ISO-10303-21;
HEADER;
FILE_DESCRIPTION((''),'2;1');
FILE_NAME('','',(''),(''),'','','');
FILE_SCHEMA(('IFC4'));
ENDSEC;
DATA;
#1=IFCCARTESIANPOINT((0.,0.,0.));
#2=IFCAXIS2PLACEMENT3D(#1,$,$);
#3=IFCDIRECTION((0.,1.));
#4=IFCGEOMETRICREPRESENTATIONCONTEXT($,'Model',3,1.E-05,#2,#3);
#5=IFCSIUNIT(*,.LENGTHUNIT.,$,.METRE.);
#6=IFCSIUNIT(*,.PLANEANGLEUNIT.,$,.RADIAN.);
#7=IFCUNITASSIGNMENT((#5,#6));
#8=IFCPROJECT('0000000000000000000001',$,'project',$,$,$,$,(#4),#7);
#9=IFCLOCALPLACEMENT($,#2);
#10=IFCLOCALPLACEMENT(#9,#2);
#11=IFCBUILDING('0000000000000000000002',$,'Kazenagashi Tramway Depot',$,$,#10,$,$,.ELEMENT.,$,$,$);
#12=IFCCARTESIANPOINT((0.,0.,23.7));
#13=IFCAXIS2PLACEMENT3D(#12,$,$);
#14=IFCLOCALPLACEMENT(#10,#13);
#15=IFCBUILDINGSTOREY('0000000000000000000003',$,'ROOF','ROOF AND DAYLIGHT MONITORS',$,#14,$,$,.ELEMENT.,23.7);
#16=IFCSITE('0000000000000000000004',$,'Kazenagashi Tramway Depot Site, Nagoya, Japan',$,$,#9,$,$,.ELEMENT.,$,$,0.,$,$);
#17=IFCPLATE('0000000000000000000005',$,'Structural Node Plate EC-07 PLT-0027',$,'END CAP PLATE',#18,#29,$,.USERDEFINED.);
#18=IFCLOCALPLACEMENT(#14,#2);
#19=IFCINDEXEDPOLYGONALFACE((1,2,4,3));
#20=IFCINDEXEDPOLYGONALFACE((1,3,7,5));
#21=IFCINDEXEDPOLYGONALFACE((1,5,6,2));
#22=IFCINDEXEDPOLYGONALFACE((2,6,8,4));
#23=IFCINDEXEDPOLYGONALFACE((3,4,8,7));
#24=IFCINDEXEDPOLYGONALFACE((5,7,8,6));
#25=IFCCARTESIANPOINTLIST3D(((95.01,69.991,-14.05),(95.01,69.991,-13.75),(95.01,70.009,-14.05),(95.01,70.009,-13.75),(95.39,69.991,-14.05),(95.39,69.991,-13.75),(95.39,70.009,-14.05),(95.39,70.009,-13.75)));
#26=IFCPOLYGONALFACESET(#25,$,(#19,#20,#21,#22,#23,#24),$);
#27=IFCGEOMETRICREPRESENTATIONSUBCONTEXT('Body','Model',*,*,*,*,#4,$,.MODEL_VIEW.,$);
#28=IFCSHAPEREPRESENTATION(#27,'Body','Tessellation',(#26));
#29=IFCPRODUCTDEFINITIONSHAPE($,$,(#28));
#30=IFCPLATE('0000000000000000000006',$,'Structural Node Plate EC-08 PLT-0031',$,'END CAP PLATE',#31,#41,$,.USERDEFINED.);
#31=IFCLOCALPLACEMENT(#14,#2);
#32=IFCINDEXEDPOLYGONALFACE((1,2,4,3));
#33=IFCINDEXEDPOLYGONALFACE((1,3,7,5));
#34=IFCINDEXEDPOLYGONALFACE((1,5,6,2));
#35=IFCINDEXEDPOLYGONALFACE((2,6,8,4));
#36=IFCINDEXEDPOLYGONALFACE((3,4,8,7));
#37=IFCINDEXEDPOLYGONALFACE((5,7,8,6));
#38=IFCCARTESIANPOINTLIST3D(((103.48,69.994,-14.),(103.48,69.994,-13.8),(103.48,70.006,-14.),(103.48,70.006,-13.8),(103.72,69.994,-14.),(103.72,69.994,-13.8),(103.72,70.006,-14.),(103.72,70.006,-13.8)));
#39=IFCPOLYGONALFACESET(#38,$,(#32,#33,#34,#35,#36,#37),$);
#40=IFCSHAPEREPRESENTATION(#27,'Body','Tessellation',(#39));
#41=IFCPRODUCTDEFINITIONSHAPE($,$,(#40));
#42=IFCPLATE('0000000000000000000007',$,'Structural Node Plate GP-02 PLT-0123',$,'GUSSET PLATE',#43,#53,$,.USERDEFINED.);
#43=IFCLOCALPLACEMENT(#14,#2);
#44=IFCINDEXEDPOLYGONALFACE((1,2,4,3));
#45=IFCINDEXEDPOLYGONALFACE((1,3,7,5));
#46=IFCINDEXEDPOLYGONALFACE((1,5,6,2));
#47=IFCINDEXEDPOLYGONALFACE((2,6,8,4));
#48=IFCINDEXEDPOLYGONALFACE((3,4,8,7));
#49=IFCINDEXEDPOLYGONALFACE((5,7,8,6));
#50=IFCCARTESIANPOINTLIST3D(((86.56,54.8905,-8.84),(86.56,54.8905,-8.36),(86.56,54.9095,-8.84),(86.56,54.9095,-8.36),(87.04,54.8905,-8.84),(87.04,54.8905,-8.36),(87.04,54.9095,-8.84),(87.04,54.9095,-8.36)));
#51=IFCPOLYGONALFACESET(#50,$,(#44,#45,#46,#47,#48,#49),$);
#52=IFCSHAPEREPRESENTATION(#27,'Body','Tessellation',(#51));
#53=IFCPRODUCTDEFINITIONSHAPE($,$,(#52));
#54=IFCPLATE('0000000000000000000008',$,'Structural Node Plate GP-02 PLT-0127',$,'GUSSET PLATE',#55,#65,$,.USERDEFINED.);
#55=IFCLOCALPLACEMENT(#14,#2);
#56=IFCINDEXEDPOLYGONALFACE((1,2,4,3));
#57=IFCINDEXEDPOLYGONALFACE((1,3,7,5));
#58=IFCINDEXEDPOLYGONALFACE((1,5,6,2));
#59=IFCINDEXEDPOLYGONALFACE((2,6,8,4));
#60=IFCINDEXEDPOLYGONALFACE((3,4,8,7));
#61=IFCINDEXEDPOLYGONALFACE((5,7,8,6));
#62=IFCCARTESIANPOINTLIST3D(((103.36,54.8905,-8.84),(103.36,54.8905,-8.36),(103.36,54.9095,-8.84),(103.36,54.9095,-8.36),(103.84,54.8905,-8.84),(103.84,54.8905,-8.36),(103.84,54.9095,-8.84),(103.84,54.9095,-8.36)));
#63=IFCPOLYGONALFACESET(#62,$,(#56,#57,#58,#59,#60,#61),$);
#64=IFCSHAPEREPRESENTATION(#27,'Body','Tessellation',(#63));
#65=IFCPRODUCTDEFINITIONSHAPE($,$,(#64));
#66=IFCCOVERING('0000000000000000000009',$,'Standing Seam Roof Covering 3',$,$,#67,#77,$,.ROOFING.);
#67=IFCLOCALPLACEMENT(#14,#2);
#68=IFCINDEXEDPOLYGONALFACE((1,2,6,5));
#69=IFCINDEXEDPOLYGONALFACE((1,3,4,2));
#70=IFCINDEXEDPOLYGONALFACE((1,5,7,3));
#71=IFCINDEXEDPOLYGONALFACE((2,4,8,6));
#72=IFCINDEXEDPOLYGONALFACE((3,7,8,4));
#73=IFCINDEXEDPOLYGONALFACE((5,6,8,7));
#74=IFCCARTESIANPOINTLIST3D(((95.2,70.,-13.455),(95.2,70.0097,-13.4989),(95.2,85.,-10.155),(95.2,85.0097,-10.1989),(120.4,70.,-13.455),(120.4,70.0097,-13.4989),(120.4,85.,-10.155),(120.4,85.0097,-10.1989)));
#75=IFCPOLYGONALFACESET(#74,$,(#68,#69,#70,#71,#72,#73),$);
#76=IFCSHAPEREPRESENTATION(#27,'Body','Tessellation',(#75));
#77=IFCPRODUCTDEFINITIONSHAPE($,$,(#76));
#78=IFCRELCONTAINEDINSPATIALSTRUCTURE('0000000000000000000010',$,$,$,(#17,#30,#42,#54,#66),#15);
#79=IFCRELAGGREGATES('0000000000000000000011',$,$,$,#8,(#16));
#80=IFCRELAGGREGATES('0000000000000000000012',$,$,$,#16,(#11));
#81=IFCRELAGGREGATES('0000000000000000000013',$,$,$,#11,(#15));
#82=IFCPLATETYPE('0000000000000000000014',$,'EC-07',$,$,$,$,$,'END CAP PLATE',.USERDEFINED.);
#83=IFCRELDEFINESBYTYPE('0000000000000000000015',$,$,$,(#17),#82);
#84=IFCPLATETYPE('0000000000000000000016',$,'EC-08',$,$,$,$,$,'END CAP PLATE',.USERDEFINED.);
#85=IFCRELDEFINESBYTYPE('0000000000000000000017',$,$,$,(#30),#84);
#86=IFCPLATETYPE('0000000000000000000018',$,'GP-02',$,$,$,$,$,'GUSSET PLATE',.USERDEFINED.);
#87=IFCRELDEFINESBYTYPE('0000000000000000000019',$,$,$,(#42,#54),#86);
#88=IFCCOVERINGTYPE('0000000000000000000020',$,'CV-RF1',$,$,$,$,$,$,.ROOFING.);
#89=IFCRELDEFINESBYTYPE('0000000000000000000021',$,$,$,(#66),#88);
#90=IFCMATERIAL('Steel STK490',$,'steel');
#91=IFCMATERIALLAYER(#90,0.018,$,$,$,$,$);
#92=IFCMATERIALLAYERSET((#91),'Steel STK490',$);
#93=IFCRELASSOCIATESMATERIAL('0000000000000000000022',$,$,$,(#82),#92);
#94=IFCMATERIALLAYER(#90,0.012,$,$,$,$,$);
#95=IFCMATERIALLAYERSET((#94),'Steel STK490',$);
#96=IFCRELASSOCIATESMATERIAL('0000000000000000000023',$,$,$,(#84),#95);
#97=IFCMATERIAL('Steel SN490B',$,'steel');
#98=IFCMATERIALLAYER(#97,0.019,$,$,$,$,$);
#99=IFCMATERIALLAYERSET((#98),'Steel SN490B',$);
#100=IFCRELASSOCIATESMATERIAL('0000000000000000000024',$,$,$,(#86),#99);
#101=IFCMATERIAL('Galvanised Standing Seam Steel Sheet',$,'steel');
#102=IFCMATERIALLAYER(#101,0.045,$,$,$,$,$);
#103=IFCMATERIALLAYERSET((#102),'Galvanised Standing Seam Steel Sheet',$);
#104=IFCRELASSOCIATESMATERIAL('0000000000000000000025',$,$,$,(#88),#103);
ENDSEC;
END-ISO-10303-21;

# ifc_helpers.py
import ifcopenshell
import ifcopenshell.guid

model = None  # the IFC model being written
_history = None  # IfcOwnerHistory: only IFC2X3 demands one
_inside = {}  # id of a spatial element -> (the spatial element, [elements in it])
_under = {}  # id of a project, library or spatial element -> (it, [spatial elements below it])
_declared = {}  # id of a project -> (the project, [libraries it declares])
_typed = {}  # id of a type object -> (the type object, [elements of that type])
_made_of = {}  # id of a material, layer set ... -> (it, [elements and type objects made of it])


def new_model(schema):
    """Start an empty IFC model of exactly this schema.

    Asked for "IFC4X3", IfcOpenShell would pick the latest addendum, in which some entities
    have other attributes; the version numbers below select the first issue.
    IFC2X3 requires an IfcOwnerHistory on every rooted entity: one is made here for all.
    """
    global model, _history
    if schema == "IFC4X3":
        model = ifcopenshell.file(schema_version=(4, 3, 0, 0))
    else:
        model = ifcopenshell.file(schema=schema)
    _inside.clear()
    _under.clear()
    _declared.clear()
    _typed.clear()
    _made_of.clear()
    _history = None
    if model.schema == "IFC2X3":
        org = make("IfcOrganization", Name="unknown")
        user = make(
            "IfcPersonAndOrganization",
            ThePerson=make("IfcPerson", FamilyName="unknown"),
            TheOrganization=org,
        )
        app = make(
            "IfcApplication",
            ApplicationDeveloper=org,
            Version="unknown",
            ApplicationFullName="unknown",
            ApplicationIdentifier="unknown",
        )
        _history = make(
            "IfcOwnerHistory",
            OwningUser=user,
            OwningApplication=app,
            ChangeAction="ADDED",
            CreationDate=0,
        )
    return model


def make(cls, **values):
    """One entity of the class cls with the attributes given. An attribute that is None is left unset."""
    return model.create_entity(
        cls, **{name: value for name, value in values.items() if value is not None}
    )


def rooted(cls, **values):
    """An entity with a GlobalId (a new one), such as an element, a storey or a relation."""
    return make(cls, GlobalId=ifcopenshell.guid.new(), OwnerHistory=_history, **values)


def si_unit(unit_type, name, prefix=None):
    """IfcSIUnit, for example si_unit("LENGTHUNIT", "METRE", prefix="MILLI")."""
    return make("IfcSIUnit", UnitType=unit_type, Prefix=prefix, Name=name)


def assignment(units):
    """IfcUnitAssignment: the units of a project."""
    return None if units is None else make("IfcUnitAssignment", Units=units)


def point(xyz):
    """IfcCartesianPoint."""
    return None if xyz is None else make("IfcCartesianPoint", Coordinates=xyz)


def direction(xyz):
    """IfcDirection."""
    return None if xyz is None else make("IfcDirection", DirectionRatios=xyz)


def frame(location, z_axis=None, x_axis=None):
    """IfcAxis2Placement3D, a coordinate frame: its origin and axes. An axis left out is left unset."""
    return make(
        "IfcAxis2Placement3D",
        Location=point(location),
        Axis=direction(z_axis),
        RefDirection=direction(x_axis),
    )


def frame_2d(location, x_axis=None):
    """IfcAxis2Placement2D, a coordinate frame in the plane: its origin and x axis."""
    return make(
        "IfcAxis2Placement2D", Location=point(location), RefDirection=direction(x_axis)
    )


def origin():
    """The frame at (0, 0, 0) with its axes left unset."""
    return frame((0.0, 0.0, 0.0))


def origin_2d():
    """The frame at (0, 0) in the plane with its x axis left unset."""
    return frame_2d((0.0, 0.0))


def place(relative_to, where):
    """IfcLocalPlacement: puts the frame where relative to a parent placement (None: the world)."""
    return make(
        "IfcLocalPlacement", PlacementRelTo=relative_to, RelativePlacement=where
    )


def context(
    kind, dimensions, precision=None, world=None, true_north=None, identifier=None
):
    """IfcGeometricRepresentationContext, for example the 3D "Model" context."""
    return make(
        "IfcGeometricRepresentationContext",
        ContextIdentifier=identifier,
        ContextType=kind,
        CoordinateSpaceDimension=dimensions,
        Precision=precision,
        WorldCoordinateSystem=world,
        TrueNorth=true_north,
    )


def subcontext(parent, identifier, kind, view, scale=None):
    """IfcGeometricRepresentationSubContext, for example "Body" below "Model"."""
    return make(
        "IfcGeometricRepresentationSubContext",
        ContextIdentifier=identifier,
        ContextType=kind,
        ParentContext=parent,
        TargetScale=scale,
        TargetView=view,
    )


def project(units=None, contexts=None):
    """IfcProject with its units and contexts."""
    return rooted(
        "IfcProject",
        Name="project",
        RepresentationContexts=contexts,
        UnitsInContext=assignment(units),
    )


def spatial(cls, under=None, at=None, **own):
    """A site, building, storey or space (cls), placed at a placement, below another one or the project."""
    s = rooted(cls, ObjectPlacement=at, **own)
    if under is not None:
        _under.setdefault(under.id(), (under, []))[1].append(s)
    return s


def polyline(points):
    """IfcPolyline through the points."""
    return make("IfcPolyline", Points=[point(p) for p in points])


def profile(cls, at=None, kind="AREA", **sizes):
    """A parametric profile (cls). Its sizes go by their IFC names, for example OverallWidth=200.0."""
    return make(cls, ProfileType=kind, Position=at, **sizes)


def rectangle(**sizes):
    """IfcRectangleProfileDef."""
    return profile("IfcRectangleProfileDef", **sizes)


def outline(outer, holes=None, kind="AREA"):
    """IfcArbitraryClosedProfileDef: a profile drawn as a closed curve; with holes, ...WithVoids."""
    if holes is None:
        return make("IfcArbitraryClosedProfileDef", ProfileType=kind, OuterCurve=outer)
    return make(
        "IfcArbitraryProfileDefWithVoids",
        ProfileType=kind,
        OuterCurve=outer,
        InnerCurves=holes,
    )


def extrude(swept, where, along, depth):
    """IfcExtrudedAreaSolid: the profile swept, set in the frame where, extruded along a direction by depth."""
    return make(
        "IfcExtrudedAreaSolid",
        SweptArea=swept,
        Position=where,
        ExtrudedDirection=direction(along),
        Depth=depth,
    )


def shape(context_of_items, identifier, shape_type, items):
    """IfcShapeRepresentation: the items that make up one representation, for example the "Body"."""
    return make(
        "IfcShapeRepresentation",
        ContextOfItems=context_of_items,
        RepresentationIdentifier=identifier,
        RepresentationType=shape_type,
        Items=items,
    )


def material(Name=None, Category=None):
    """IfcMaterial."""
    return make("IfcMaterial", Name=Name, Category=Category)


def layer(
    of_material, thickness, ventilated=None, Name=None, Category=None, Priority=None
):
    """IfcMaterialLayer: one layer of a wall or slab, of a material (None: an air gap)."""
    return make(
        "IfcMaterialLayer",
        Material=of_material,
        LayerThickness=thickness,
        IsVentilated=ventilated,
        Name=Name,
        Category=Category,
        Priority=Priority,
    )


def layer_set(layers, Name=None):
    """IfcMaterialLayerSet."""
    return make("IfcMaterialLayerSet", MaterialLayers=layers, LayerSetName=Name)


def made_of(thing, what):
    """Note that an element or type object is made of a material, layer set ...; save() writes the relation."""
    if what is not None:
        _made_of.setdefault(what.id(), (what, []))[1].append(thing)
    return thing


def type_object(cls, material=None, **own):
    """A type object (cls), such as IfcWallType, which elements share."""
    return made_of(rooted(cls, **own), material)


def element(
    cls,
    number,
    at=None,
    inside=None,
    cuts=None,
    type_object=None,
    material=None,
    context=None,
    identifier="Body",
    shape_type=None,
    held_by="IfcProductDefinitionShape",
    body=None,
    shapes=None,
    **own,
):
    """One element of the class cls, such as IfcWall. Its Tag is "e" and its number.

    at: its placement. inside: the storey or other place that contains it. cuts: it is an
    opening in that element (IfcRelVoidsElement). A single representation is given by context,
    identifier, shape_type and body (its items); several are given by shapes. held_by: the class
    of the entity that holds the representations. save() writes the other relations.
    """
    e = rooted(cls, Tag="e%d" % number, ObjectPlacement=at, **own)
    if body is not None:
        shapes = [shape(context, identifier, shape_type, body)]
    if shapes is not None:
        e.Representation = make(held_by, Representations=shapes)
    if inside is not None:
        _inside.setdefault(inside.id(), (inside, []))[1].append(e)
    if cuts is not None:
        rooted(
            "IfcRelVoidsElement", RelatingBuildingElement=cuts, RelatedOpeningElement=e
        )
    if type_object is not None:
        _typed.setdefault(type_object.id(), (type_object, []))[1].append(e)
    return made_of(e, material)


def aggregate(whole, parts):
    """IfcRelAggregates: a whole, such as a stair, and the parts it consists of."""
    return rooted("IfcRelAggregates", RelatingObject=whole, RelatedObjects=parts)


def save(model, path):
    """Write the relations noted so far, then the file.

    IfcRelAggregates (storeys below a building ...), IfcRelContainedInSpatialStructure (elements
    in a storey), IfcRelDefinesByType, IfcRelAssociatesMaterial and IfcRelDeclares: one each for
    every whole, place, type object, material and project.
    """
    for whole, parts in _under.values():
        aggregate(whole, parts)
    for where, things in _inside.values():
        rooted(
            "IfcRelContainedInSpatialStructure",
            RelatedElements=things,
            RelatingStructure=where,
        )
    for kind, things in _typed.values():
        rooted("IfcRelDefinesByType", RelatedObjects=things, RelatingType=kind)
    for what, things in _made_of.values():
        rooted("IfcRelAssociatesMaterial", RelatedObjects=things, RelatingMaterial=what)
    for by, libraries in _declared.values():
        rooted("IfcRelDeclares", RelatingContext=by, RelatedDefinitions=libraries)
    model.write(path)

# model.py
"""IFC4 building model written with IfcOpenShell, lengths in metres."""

from ifc_helpers import new_model, si_unit, direction, frame, origin, origin_2d, place, context, subcontext, project, spatial, polyline, rectangle, outline, extrude, material, layer, layer_set, type_object, element, save


model = new_model("IFC4")

# Units and contexts
model_context = context("Model", 3, precision=1e-05, world=origin(), true_north=direction((0.0, 1.0)))
body_context = subcontext(model_context, "Body", "Model", "MODEL_VIEW")
ifc_project = project(units=[si_unit("LENGTHUNIT", "METRE"), si_unit("PLANEANGLEUNIT", "RADIAN")], contexts=[model_context])

# Site, building, storey
site_placement = place(None, origin())
site = spatial("IfcSite", under=ifc_project, at=site_placement, Name="Kazenagashi Tramway Depot Site, Nagoya, Japan", CompositionType="ELEMENT", RefElevation=0.0)
building_placement = place(site_placement, origin())
building = spatial("IfcBuilding", under=site, at=building_placement, Name="Kazenagashi Tramway Depot", CompositionType="ELEMENT")
storey_placement = place(building_placement, frame((0.0, 0.0, 23.7)))
storey = spatial("IfcBuildingStorey", under=building, at=storey_placement, Name="ROOF", Description="ROOF AND DAYLIGHT MONITORS", CompositionType="ELEMENT", Elevation=23.7)

# Shared definitions
ifc_material_1 = material(Name="Steel STK490", Category="steel")

# Plates
ifc_layer_1 = layer(ifc_material_1, 0.018)
ifc_layer_set_1 = layer_set([ifc_layer_1], Name="Steel STK490")
plate_type_1 = type_object("IfcPlateType", Name="EC-07", ElementType="END CAP PLATE", PredefinedType="USERDEFINED", material=ifc_layer_set_1)
plate_1_placement = place(storey_placement, frame((95.2, 70.0, -14.05), z_axis=(0.0, 0.0, 1.0), x_axis=(1.0, 0.0, 0.0)))
element("IfcPlate", 1, at=plate_1_placement, inside=storey, type_object=plate_type_1, Name="Structural Node Plate EC-07 PLT-0027", ObjectType="END CAP PLATE", PredefinedType="USERDEFINED", context=body_context, shape_type="SweptSolid", body=[
    extrude(rectangle(XDim=0.38, YDim=0.018, at=origin_2d()), origin(), (0.0, 0.0, 1.0), 0.3),
])
ifc_layer_2 = layer(ifc_material_1, 0.012)
ifc_layer_set_2 = layer_set([ifc_layer_2], Name="Steel STK490")
plate_type_2 = type_object("IfcPlateType", Name="EC-08", ElementType="END CAP PLATE", PredefinedType="USERDEFINED", material=ifc_layer_set_2)
plate_2_placement = place(storey_placement, frame((103.6, 70.0, -14.0), z_axis=(0.0, 0.0, 1.0), x_axis=(1.0, 0.0, 0.0)))
element("IfcPlate", 2, at=plate_2_placement, inside=storey, type_object=plate_type_2, Name="Structural Node Plate EC-08 PLT-0031", ObjectType="END CAP PLATE", PredefinedType="USERDEFINED", context=body_context, shape_type="SweptSolid", body=[
    extrude(rectangle(XDim=0.24, YDim=0.012, at=origin_2d()), origin(), (0.0, 0.0, 1.0), 0.2),
])
ifc_material_2 = material(Name="Steel SN490B", Category="steel")
ifc_layer_3 = layer(ifc_material_2, 0.019)
ifc_layer_set_3 = layer_set([ifc_layer_3], Name="Steel SN490B")
plate_type_3 = type_object("IfcPlateType", Name="GP-02", ElementType="GUSSET PLATE", PredefinedType="USERDEFINED", material=ifc_layer_set_3)
for number, where, z_axis, x_axis, name in (
    (3, (86.8, 54.9, -8.84), (0.0, 0.0, 1.0), (1.0, 0.0, 0.0), "Structural Node Plate GP-02 PLT-0123"),
    (4, (103.6, 54.9, -8.84), (0.0, 0.0, 1.0), (1.0, 0.0, 0.0), "Structural Node Plate GP-02 PLT-0127"),
):
    element("IfcPlate", number, at=place(storey_placement, frame(where, z_axis=z_axis, x_axis=x_axis)), inside=storey, type_object=plate_type_3, Name=name, ObjectType="GUSSET PLATE", PredefinedType="USERDEFINED", context=body_context, shape_type="SweptSolid", body=[
        extrude(rectangle(XDim=0.48, YDim=0.019, at=origin_2d()), origin(), (0.0, 0.0, 1.0), 0.48),
    ])

# Covering
ifc_material_3 = material(Name="Galvanised Standing Seam Steel Sheet", Category="steel")
ifc_layer_4 = layer(ifc_material_3, 0.045)
ifc_layer_set_4 = layer_set([ifc_layer_4], Name="Galvanised Standing Seam Steel Sheet")
covering_type = type_object("IfcCoveringType", Name="CV-RF1", PredefinedType="ROOFING", material=ifc_layer_set_4)
covering_placement = place(storey_placement, frame((95.2, 70.0, -13.455), z_axis=(0.0, -0.214862, 0.976644), x_axis=(1.0, 0.0, 0.0)))
element("IfcCovering", 5, at=covering_placement, inside=storey, type_object=covering_type, Name="Standing Seam Roof Covering 3", PredefinedType="ROOFING", context=body_context, shape_type="SweptSolid", body=[
    extrude(outline(polyline([(0.0, 0.0), (25.2, 0.0), (25.2, 15.3587), (0.0, 15.3587), (0.0, 0.0)])), origin(), (0.0, 0.0, -1.0), 0.045),
])

save(model, "model.ifc")
